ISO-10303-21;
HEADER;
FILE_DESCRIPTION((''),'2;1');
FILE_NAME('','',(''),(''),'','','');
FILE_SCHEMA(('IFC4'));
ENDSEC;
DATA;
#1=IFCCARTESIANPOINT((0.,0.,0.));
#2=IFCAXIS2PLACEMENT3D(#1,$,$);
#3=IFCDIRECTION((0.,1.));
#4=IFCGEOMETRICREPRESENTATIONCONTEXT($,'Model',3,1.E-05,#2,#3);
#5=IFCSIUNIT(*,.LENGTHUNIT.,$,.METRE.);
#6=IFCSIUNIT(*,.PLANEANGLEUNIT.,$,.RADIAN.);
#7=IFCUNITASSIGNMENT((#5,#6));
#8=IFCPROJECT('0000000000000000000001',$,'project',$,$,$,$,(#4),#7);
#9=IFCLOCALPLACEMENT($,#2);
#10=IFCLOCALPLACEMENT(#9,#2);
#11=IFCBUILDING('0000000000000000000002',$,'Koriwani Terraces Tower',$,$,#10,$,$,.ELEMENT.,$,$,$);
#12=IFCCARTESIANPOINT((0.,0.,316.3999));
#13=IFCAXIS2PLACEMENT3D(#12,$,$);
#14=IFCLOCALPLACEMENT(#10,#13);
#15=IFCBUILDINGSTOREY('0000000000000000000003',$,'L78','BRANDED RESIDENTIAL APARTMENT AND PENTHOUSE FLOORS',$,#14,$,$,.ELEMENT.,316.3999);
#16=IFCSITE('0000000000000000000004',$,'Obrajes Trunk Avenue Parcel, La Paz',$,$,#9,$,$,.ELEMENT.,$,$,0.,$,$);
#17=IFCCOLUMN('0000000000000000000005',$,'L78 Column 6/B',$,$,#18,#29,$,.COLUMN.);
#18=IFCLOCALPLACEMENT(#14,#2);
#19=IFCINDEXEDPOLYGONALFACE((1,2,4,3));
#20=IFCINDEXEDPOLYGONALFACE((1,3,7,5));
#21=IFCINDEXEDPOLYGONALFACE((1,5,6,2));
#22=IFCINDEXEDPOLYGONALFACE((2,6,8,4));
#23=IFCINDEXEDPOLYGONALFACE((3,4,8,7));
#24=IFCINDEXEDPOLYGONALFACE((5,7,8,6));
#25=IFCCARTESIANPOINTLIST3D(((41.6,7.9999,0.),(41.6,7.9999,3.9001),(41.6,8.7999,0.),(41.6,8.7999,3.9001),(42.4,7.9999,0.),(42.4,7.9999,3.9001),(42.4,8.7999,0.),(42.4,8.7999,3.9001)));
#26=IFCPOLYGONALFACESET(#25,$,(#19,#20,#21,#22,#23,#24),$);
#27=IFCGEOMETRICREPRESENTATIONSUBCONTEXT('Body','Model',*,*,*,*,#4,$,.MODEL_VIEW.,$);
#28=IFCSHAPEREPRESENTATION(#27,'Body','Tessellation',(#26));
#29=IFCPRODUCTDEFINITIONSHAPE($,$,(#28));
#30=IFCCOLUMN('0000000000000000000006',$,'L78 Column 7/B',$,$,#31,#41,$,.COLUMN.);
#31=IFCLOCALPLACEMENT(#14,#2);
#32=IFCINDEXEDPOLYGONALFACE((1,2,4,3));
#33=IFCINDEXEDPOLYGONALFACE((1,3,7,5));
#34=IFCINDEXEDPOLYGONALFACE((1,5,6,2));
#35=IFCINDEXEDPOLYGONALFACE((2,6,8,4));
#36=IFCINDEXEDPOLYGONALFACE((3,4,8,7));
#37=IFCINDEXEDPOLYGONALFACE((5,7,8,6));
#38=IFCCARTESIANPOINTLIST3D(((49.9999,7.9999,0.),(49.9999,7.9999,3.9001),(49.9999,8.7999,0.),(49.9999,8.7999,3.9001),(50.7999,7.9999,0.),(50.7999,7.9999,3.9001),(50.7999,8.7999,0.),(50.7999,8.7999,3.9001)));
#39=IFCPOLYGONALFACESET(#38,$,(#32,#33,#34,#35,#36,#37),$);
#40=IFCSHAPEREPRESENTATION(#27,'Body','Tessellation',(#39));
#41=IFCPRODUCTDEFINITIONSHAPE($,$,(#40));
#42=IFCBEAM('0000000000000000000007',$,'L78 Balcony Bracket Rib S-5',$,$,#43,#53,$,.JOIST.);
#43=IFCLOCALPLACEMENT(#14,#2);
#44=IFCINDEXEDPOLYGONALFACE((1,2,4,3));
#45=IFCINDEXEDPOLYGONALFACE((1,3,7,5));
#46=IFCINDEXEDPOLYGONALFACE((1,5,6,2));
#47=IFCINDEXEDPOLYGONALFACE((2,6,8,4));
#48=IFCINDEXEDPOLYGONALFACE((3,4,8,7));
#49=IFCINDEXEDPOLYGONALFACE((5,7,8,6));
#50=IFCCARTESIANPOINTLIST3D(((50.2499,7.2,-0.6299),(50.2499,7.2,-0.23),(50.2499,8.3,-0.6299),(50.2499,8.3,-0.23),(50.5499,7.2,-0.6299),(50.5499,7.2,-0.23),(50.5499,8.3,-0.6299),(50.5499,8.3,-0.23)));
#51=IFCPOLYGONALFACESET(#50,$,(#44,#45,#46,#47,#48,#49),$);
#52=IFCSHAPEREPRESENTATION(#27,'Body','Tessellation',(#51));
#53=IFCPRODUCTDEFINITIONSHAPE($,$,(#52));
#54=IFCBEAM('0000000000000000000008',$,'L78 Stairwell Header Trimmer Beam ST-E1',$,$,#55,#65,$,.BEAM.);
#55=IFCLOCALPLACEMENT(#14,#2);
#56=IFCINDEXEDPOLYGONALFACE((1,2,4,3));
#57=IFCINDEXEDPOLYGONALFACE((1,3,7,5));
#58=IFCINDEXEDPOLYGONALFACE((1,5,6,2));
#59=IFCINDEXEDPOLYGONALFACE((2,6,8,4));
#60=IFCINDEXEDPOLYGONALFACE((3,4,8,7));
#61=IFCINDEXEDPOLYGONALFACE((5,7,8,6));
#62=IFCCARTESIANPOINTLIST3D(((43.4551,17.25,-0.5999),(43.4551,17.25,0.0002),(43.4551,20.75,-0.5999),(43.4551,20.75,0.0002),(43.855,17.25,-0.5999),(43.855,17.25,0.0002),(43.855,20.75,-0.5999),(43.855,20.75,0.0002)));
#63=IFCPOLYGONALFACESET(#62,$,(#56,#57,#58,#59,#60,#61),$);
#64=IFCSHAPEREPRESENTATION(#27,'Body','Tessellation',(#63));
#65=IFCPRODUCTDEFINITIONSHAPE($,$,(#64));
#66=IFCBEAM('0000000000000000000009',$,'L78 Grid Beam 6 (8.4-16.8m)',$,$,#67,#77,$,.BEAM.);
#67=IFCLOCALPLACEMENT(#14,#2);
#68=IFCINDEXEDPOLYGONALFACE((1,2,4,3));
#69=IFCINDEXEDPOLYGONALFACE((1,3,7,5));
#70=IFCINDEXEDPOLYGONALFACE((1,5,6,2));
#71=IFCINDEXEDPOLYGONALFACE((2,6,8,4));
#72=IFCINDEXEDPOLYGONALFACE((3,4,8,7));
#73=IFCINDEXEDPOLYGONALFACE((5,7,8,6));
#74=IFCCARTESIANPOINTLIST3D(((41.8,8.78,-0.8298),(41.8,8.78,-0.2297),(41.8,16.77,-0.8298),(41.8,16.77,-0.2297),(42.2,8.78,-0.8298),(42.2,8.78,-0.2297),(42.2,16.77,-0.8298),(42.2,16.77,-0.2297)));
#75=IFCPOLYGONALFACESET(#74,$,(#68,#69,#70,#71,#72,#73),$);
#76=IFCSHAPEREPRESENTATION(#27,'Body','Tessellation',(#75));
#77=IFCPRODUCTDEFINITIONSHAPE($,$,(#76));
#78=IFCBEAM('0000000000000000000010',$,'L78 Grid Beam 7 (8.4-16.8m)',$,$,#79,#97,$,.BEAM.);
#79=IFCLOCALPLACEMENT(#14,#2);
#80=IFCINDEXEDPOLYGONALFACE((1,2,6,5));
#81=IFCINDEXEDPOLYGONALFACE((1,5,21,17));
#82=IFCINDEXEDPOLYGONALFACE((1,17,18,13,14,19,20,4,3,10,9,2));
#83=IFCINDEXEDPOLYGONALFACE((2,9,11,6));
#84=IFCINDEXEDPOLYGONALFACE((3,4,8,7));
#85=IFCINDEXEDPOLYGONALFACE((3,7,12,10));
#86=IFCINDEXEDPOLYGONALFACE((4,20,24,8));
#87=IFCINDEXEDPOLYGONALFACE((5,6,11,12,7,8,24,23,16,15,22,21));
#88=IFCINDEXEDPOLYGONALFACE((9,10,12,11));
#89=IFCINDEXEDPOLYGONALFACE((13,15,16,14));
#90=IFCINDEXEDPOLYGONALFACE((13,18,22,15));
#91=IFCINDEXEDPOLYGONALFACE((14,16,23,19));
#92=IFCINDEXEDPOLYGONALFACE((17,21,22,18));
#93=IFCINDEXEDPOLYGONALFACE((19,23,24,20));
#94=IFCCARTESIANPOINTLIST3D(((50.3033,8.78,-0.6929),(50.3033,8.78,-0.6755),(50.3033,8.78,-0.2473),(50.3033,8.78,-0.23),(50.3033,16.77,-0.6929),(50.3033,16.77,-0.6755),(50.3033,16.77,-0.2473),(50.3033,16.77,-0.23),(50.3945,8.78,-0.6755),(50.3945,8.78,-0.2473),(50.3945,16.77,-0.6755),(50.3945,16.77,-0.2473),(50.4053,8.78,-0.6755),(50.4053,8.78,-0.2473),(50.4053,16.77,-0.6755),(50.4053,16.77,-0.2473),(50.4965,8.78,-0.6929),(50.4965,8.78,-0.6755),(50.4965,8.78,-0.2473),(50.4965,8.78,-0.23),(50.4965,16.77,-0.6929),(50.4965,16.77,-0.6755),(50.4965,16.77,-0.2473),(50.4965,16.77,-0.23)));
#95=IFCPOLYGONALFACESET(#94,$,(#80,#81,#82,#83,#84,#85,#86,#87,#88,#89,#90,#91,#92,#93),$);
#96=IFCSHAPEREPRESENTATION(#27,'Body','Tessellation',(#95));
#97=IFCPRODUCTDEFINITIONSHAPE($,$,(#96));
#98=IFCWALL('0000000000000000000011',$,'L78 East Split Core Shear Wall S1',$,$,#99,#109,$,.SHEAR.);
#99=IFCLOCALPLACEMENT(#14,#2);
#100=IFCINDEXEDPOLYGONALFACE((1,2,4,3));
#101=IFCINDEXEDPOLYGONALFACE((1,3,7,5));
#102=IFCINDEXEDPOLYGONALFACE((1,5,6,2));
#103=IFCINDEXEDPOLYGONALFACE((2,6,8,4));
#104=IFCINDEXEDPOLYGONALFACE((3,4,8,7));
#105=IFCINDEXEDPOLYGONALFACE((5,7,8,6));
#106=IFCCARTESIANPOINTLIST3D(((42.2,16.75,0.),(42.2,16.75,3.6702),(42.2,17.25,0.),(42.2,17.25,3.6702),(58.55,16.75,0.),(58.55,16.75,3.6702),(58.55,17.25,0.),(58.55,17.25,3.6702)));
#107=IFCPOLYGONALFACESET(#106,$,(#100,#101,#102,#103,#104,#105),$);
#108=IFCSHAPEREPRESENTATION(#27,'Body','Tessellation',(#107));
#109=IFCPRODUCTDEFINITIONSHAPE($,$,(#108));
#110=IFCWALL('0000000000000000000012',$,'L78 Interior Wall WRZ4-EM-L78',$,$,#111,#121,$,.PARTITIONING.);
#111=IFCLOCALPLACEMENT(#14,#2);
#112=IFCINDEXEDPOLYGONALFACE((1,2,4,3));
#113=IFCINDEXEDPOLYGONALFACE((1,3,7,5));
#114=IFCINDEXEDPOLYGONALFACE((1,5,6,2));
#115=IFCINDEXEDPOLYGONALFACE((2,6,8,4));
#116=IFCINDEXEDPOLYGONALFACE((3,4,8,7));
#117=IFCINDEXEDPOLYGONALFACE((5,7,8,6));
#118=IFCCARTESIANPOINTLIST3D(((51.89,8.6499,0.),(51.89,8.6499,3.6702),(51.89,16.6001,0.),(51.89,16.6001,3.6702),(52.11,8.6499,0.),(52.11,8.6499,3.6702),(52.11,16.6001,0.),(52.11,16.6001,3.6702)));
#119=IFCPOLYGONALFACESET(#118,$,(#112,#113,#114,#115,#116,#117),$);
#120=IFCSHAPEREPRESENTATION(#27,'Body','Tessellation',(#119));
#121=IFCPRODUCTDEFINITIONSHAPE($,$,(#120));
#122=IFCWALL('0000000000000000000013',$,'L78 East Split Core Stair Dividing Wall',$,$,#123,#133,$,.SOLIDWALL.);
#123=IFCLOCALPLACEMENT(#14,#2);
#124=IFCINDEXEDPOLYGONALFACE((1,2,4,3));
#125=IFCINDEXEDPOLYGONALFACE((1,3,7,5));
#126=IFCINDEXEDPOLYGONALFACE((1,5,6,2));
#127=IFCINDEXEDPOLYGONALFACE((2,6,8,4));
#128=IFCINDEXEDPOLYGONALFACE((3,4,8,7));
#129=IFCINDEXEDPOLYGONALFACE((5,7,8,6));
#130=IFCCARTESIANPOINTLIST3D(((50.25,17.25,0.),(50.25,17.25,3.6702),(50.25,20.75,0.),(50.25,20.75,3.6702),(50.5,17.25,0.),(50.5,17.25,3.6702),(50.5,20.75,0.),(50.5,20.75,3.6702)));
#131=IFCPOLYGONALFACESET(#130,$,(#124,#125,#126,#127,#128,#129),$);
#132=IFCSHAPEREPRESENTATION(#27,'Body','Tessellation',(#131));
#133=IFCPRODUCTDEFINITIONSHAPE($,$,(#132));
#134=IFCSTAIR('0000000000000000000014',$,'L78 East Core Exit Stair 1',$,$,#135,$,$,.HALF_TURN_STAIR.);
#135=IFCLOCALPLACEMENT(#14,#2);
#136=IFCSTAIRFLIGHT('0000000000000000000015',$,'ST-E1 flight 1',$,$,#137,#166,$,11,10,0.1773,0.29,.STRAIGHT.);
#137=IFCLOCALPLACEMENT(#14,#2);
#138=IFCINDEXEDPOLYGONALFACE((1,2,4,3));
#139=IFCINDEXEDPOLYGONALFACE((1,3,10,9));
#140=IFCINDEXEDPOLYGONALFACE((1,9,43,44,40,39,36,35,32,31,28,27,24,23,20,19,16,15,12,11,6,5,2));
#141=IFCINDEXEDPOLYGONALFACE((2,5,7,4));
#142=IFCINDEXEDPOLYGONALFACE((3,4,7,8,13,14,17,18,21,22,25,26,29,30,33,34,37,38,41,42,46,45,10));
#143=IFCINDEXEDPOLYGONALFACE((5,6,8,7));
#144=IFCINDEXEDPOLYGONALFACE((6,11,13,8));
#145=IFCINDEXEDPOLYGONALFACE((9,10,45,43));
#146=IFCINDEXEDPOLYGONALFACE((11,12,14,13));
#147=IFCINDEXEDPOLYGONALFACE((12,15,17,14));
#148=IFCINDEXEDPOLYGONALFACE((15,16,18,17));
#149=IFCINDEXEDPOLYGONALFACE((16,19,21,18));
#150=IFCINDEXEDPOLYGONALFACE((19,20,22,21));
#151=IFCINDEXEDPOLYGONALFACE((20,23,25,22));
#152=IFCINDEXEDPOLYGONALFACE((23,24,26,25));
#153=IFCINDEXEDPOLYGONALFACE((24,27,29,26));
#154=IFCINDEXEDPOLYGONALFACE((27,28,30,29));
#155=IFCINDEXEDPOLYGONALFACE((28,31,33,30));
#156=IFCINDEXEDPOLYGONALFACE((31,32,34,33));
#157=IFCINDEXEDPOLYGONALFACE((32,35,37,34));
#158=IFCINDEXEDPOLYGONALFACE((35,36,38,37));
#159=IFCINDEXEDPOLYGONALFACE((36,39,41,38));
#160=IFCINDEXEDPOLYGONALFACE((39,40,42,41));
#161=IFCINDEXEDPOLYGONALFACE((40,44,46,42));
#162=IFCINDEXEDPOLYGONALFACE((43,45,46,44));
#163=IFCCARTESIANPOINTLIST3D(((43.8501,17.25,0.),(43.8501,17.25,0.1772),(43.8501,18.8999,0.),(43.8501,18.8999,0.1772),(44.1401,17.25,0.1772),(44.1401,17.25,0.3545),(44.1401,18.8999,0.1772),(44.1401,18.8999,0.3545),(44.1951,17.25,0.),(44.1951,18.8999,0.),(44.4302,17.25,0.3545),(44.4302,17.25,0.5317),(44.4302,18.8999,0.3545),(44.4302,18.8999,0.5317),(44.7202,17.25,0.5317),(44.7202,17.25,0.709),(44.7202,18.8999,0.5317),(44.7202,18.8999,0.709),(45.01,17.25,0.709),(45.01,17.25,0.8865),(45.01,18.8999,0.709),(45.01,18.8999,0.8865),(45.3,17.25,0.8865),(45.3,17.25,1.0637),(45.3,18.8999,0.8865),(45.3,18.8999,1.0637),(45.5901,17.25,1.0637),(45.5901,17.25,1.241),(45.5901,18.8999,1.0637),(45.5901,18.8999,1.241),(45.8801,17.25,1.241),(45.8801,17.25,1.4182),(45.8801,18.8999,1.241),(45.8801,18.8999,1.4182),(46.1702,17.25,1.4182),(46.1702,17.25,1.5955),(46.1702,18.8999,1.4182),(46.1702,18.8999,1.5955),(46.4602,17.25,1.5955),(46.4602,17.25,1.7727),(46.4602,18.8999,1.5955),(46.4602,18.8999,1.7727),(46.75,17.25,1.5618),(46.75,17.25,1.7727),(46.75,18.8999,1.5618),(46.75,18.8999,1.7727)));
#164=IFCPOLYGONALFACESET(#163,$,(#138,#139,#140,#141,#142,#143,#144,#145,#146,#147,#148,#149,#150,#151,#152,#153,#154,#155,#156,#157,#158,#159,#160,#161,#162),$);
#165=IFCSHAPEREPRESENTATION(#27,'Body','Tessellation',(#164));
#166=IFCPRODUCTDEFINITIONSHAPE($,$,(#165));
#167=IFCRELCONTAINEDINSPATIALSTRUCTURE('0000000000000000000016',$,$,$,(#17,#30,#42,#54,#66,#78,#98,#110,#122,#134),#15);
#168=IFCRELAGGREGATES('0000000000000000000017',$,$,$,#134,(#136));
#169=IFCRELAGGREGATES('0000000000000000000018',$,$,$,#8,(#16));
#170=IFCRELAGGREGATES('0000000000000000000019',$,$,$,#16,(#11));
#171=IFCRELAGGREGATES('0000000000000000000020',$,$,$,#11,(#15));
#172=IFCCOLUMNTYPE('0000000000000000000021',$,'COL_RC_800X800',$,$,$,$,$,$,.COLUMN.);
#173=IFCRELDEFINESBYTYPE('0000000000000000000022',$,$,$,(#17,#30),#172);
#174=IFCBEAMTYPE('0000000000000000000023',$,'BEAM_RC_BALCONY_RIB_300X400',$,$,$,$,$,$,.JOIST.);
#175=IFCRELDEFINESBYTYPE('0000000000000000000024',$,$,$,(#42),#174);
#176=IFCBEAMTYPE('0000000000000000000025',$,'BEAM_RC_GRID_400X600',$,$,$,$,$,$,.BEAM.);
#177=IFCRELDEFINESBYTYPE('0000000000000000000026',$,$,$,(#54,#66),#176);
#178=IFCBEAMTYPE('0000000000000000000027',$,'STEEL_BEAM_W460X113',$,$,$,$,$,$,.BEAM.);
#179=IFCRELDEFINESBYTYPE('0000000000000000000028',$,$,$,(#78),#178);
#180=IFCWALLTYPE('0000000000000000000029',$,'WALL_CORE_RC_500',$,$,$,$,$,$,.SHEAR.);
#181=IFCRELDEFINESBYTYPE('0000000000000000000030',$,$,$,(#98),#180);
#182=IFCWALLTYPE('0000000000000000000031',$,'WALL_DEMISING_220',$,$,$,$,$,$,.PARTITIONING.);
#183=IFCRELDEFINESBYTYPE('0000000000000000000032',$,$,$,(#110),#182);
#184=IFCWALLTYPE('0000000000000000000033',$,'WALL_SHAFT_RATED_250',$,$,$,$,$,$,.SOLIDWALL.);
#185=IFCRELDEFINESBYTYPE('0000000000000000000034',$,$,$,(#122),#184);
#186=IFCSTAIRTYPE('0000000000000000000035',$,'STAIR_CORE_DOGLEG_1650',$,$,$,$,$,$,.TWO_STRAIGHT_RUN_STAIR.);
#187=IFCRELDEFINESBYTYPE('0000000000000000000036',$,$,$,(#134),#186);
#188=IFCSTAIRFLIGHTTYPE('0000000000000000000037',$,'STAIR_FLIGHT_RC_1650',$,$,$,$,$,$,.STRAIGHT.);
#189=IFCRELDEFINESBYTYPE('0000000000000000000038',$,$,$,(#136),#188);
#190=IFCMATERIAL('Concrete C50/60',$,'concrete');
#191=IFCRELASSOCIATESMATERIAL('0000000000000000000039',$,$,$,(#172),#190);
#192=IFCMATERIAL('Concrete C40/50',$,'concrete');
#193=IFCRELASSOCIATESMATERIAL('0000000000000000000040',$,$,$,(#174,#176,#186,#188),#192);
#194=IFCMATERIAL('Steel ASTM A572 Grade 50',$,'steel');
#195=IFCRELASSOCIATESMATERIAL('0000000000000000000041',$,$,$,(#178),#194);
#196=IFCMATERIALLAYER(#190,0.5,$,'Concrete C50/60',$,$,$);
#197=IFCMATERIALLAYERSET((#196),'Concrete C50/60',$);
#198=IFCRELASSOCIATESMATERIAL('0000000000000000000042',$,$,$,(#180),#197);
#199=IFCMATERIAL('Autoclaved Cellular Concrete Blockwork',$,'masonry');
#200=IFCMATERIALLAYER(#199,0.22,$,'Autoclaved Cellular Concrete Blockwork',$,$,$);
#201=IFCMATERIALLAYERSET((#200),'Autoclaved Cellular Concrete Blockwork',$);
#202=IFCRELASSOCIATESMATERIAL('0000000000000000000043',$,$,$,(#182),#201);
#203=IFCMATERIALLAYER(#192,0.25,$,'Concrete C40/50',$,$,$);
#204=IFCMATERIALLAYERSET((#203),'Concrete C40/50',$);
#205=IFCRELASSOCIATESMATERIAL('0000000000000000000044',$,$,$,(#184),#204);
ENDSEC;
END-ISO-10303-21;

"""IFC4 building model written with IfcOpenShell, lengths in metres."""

from ifc_helpers import new_model, si_unit, direction, frame, frame_2d, origin, origin_2d, place, context, subcontext, project, spatial, polyline, rectangle, i_section, outline, extrude, material, layer, layer_set, material_profile, profile_set, type_object, element, aggregate, save


model = new_model("IFC4")

# Units and contexts
model_context = context("Model", 3, precision=1e-05, world=origin(), true_north=direction((0.0, 1.0)))
body_context = subcontext(model_context, "Body", "Model", "MODEL_VIEW")
ifc_project = project(units=[si_unit("LENGTHUNIT", "METRE"), si_unit("PLANEANGLEUNIT", "RADIAN")], contexts=[model_context])

# Site, building, storey
site_placement = place(None, origin())
site = spatial("IfcSite", under=ifc_project, at=site_placement, Name="Obrajes Trunk Avenue Parcel, La Paz", CompositionType="ELEMENT", RefElevation=0.0)
building_placement = place(site_placement, origin())
building = spatial("IfcBuilding", under=site, at=building_placement, Name="Koriwani Terraces Tower", CompositionType="ELEMENT")
storey_placement = place(building_placement, frame((0.0, 0.0, 316.3999)))
storey = spatial("IfcBuildingStorey", under=building, at=storey_placement, Name="L78", Description="BRANDED RESIDENTIAL APARTMENT AND PENTHOUSE FLOORS", CompositionType="ELEMENT", Elevation=316.3999)

# Columns
ifc_material_1 = material(Name="Concrete C50/60", Category="concrete")
ifc_material_profile_1 = material_profile(ifc_material_1, rectangle(XDim=0.8, YDim=0.8, at=origin_2d()), Name="Concrete C50/60", Category="LoadBearing")
ifc_profile_set_1 = profile_set([ifc_material_profile_1], Name="Concrete C50/60")
column_type = type_object("IfcColumnType", Name="COL_RC_800X800", PredefinedType="COLUMN", material=ifc_profile_set_1)
for number, where, z_axis, x_axis, name in (
    (1, (42.0, 8.3999, 0.0), (0.0, 0.0, 1.0), (1.0, 0.0, 0.0), "L78 Column 6/B"),
    (2, (50.3999, 8.3999, 0.0), (0.0, 0.0, 1.0), (1.0, 0.0, 0.0), "L78 Column 7/B"),
):
    element("IfcColumn", number, at=place(storey_placement, frame(where, z_axis=z_axis, x_axis=x_axis)), inside=storey, type_object=column_type, Name=name, PredefinedType="COLUMN", context=body_context, shape_type="SweptSolid", body=[
        extrude(rectangle(XDim=0.8, YDim=0.8, at=origin_2d()), origin(), (0.0, 0.0, 1.0), 3.9001),
    ])

# Beams
ifc_material_2 = material(Name="Concrete C40/50", Category="concrete")
ifc_material_profile_2 = material_profile(ifc_material_2, rectangle(XDim=0.3, YDim=0.3999, at=origin_2d()), Name="Concrete C40/50", Category="LoadBearing")
ifc_profile_set_2 = profile_set([ifc_material_profile_2], Name="Concrete C40/50")
beam_type_1 = type_object("IfcBeamType", Name="BEAM_RC_BALCONY_RIB_300X400", PredefinedType="JOIST", material=ifc_profile_set_2)
beam_1_placement = place(storey_placement, frame((50.3999, 7.2, -0.4299), z_axis=(0.0, 1.0, 0.0), x_axis=(-1.0, 0.0, 0.0)))
element("IfcBeam", 3, at=beam_1_placement, inside=storey, type_object=beam_type_1, Name="L78 Balcony Bracket Rib S-5", PredefinedType="JOIST", context=body_context, shape_type="SweptSolid", body=[
    extrude(rectangle(XDim=0.3, YDim=0.3999, at=origin_2d()), origin(), (0.0, 0.0, 1.0), 1.1001),
])
ifc_material_profile_3 = material_profile(ifc_material_2, rectangle(XDim=0.3999, YDim=0.6001, at=origin_2d()), Name="Concrete C40/50", Category="LoadBearing")
ifc_profile_set_3 = profile_set([ifc_material_profile_3], Name="Concrete C40/50")
beam_type_2 = type_object("IfcBeamType", Name="BEAM_RC_GRID_400X600", PredefinedType="BEAM", material=ifc_profile_set_3)
beam_2_placement = place(storey_placement, frame((43.655, 17.25, -0.2998), z_axis=(0.0, 1.0, 0.0), x_axis=(-1.0, 0.0, 0.0)))
element("IfcBeam", 4, at=beam_2_placement, inside=storey, type_object=beam_type_2, Name="L78 Stairwell Header Trimmer Beam ST-E1", PredefinedType="BEAM", context=body_context, shape_type="SweptSolid", body=[
    extrude(rectangle(XDim=0.3999, YDim=0.6001, at=origin_2d()), origin(), (0.0, 0.0, 1.0), 3.5),
])
beam_3_placement = place(storey_placement, frame((42.0, 8.78, -0.5298), z_axis=(0.0, 1.0, 0.0), x_axis=(-1.0, 0.0, 0.0)))
element("IfcBeam", 5, at=beam_3_placement, inside=storey, type_object=beam_type_2, Name="L78 Grid Beam 6 (8.4-16.8m)", PredefinedType="BEAM", context=body_context, shape_type="SweptSolid", body=[
    extrude(rectangle(XDim=0.3999, YDim=0.6001, at=origin_2d()), origin(), (0.0, 0.0, 1.0), 7.99),
])
ifc_material_3 = material(Name="Steel ASTM A572 Grade 50", Category="steel")
ifc_material_profile_4 = material_profile(ifc_material_3, i_section(OverallWidth=0.1931, OverallDepth=0.4629, WebThickness=0.0107, FlangeThickness=0.0173, at=origin_2d()), Name="Steel ASTM A572 Grade 50", Category="LoadBearing")
ifc_profile_set_4 = profile_set([ifc_material_profile_4], Name="Steel ASTM A572 Grade 50")
beam_type_3 = type_object("IfcBeamType", Name="STEEL_BEAM_W460X113", PredefinedType="BEAM", material=ifc_profile_set_4)
beam_4_placement = place(storey_placement, frame((50.3999, 8.78, -0.4614), z_axis=(0.0, 1.0, 0.0), x_axis=(-1.0, 0.0, 0.0)))
element("IfcBeam", 6, at=beam_4_placement, inside=storey, type_object=beam_type_3, Name="L78 Grid Beam 7 (8.4-16.8m)", PredefinedType="BEAM", context=body_context, shape_type="SweptSolid", body=[
    extrude(i_section(OverallWidth=0.1931, OverallDepth=0.4629, WebThickness=0.0107, FlangeThickness=0.0173, at=origin_2d()), origin(), (0.0, 0.0, 1.0), 7.99),
])

# Walls
ifc_layer_1 = layer(ifc_material_1, 0.5, Name="Concrete C50/60")
ifc_layer_set_1 = layer_set([ifc_layer_1], Name="Concrete C50/60")
wall_type_1 = type_object("IfcWallType", Name="WALL_CORE_RC_500", PredefinedType="SHEAR", material=ifc_layer_set_1)
wall_1_placement = place(storey_placement, frame((42.2, 17.0, 0.0), z_axis=(0.0, 0.0, 1.0), x_axis=(1.0, 0.0, 0.0)))
element("IfcWall", 7, at=wall_1_placement, inside=storey, type_object=wall_type_1, Name="L78 East Split Core Shear Wall S1", PredefinedType="SHEAR", context=body_context, shape_type="SweptSolid", body=[
    extrude(rectangle(XDim=16.3501, YDim=0.5, at=frame_2d((8.175, 0.0))), origin(), (0.0, 0.0, 1.0), 3.6702),
])
ifc_material_4 = material(Name="Autoclaved Cellular Concrete Blockwork", Category="masonry")
ifc_layer_2 = layer(ifc_material_4, 0.22, Name="Autoclaved Cellular Concrete Blockwork")
ifc_layer_set_2 = layer_set([ifc_layer_2], Name="Autoclaved Cellular Concrete Blockwork")
wall_type_2 = type_object("IfcWallType", Name="WALL_DEMISING_220", PredefinedType="PARTITIONING", material=ifc_layer_set_2)
wall_2_placement = place(storey_placement, frame((52.0, 8.6499, 0.0), z_axis=(0.0, 0.0, 1.0), x_axis=(0.0, 1.0, 0.0)))
element("IfcWall", 8, at=wall_2_placement, inside=storey, type_object=wall_type_2, Name="L78 Interior Wall WRZ4-EM-L78", PredefinedType="PARTITIONING", context=body_context, shape_type="SweptSolid", body=[
    extrude(rectangle(XDim=7.9502, YDim=0.22, at=frame_2d((3.9751, 0.0))), origin(), (0.0, 0.0, 1.0), 3.6702),
])
ifc_layer_3 = layer(ifc_material_2, 0.25, Name="Concrete C40/50")
ifc_layer_set_3 = layer_set([ifc_layer_3], Name="Concrete C40/50")
wall_type_3 = type_object("IfcWallType", Name="WALL_SHAFT_RATED_250", PredefinedType="SOLIDWALL", material=ifc_layer_set_3)
wall_3_placement = place(storey_placement, frame((50.375, 17.25, 0.0), z_axis=(0.0, 0.0, 1.0), x_axis=(0.0, 1.0, 0.0)))
element("IfcWall", 9, at=wall_3_placement, inside=storey, type_object=wall_type_3, Name="L78 East Split Core Stair Dividing Wall", PredefinedType="SOLIDWALL", context=body_context, shape_type="SweptSolid", body=[
    extrude(rectangle(XDim=3.5, YDim=0.25, at=frame_2d((1.75, 0.0))), origin(), (0.0, 0.0, 1.0), 3.6702),
])

# Stair, stair flight
stair_type = type_object("IfcStairType", Name="STAIR_CORE_DOGLEG_1650", PredefinedType="TWO_STRAIGHT_RUN_STAIR", material=ifc_material_2)
stair_1_placement = place(storey_placement, origin())
stair_1 = element("IfcStair", 10, at=stair_1_placement, inside=storey, type_object=stair_type, Name="L78 East Core Exit Stair 1", PredefinedType="HALF_TURN_STAIR")
stair_flight_type = type_object("IfcStairFlightType", Name="STAIR_FLIGHT_RC_1650", PredefinedType="STRAIGHT", material=ifc_material_2)
stair_flight_1_placement = place(storey_placement, frame((43.8501, 18.075, 0.0), z_axis=(0.0, 0.0, 1.0), x_axis=(1.0, 0.0, 0.0)))
stair_flight_1 = element("IfcStairFlight", 11, at=stair_flight_1_placement, type_object=stair_flight_type, Name="ST-E1 flight 1", NumberOfRisers=11, NumberOfTreads=10, PredefinedType="STRAIGHT", RiserHeight=0.1773, TreadLength=0.29, context=body_context, shape_type="SweptSolid", body=[
    extrude(outline(polyline([(0.0, 0.0), (0.0, 0.1772), (0.29, 0.1772), (0.29, 0.3545), (0.5801, 0.3545), (0.5801, 0.5317), (0.8701, 0.5317), (0.8701, 0.709), (1.1599, 0.709), (1.1599, 0.8865), (1.45, 0.8865), (1.45, 1.0637), (1.74, 1.0637), (1.74, 1.241), (2.03, 1.241), (2.03, 1.4182), (2.3201, 1.4182), (2.3201, 1.5955), (2.6101, 1.5955), (2.6101, 1.7727), (2.8999, 1.7727), (2.8999, 1.95), (2.8999, 1.5618), (0.345, 0.0), (0.0, 0.0)])), frame((0.0, 0.825, 0.0), z_axis=(0.0, -1.0, 0.0), x_axis=(1.0, 0.0, 0.0)), (0.0, 0.0, 1.0), 1.6499),
])
aggregate(stair_1, [stair_flight_1])

save(model, "model.ifc")
